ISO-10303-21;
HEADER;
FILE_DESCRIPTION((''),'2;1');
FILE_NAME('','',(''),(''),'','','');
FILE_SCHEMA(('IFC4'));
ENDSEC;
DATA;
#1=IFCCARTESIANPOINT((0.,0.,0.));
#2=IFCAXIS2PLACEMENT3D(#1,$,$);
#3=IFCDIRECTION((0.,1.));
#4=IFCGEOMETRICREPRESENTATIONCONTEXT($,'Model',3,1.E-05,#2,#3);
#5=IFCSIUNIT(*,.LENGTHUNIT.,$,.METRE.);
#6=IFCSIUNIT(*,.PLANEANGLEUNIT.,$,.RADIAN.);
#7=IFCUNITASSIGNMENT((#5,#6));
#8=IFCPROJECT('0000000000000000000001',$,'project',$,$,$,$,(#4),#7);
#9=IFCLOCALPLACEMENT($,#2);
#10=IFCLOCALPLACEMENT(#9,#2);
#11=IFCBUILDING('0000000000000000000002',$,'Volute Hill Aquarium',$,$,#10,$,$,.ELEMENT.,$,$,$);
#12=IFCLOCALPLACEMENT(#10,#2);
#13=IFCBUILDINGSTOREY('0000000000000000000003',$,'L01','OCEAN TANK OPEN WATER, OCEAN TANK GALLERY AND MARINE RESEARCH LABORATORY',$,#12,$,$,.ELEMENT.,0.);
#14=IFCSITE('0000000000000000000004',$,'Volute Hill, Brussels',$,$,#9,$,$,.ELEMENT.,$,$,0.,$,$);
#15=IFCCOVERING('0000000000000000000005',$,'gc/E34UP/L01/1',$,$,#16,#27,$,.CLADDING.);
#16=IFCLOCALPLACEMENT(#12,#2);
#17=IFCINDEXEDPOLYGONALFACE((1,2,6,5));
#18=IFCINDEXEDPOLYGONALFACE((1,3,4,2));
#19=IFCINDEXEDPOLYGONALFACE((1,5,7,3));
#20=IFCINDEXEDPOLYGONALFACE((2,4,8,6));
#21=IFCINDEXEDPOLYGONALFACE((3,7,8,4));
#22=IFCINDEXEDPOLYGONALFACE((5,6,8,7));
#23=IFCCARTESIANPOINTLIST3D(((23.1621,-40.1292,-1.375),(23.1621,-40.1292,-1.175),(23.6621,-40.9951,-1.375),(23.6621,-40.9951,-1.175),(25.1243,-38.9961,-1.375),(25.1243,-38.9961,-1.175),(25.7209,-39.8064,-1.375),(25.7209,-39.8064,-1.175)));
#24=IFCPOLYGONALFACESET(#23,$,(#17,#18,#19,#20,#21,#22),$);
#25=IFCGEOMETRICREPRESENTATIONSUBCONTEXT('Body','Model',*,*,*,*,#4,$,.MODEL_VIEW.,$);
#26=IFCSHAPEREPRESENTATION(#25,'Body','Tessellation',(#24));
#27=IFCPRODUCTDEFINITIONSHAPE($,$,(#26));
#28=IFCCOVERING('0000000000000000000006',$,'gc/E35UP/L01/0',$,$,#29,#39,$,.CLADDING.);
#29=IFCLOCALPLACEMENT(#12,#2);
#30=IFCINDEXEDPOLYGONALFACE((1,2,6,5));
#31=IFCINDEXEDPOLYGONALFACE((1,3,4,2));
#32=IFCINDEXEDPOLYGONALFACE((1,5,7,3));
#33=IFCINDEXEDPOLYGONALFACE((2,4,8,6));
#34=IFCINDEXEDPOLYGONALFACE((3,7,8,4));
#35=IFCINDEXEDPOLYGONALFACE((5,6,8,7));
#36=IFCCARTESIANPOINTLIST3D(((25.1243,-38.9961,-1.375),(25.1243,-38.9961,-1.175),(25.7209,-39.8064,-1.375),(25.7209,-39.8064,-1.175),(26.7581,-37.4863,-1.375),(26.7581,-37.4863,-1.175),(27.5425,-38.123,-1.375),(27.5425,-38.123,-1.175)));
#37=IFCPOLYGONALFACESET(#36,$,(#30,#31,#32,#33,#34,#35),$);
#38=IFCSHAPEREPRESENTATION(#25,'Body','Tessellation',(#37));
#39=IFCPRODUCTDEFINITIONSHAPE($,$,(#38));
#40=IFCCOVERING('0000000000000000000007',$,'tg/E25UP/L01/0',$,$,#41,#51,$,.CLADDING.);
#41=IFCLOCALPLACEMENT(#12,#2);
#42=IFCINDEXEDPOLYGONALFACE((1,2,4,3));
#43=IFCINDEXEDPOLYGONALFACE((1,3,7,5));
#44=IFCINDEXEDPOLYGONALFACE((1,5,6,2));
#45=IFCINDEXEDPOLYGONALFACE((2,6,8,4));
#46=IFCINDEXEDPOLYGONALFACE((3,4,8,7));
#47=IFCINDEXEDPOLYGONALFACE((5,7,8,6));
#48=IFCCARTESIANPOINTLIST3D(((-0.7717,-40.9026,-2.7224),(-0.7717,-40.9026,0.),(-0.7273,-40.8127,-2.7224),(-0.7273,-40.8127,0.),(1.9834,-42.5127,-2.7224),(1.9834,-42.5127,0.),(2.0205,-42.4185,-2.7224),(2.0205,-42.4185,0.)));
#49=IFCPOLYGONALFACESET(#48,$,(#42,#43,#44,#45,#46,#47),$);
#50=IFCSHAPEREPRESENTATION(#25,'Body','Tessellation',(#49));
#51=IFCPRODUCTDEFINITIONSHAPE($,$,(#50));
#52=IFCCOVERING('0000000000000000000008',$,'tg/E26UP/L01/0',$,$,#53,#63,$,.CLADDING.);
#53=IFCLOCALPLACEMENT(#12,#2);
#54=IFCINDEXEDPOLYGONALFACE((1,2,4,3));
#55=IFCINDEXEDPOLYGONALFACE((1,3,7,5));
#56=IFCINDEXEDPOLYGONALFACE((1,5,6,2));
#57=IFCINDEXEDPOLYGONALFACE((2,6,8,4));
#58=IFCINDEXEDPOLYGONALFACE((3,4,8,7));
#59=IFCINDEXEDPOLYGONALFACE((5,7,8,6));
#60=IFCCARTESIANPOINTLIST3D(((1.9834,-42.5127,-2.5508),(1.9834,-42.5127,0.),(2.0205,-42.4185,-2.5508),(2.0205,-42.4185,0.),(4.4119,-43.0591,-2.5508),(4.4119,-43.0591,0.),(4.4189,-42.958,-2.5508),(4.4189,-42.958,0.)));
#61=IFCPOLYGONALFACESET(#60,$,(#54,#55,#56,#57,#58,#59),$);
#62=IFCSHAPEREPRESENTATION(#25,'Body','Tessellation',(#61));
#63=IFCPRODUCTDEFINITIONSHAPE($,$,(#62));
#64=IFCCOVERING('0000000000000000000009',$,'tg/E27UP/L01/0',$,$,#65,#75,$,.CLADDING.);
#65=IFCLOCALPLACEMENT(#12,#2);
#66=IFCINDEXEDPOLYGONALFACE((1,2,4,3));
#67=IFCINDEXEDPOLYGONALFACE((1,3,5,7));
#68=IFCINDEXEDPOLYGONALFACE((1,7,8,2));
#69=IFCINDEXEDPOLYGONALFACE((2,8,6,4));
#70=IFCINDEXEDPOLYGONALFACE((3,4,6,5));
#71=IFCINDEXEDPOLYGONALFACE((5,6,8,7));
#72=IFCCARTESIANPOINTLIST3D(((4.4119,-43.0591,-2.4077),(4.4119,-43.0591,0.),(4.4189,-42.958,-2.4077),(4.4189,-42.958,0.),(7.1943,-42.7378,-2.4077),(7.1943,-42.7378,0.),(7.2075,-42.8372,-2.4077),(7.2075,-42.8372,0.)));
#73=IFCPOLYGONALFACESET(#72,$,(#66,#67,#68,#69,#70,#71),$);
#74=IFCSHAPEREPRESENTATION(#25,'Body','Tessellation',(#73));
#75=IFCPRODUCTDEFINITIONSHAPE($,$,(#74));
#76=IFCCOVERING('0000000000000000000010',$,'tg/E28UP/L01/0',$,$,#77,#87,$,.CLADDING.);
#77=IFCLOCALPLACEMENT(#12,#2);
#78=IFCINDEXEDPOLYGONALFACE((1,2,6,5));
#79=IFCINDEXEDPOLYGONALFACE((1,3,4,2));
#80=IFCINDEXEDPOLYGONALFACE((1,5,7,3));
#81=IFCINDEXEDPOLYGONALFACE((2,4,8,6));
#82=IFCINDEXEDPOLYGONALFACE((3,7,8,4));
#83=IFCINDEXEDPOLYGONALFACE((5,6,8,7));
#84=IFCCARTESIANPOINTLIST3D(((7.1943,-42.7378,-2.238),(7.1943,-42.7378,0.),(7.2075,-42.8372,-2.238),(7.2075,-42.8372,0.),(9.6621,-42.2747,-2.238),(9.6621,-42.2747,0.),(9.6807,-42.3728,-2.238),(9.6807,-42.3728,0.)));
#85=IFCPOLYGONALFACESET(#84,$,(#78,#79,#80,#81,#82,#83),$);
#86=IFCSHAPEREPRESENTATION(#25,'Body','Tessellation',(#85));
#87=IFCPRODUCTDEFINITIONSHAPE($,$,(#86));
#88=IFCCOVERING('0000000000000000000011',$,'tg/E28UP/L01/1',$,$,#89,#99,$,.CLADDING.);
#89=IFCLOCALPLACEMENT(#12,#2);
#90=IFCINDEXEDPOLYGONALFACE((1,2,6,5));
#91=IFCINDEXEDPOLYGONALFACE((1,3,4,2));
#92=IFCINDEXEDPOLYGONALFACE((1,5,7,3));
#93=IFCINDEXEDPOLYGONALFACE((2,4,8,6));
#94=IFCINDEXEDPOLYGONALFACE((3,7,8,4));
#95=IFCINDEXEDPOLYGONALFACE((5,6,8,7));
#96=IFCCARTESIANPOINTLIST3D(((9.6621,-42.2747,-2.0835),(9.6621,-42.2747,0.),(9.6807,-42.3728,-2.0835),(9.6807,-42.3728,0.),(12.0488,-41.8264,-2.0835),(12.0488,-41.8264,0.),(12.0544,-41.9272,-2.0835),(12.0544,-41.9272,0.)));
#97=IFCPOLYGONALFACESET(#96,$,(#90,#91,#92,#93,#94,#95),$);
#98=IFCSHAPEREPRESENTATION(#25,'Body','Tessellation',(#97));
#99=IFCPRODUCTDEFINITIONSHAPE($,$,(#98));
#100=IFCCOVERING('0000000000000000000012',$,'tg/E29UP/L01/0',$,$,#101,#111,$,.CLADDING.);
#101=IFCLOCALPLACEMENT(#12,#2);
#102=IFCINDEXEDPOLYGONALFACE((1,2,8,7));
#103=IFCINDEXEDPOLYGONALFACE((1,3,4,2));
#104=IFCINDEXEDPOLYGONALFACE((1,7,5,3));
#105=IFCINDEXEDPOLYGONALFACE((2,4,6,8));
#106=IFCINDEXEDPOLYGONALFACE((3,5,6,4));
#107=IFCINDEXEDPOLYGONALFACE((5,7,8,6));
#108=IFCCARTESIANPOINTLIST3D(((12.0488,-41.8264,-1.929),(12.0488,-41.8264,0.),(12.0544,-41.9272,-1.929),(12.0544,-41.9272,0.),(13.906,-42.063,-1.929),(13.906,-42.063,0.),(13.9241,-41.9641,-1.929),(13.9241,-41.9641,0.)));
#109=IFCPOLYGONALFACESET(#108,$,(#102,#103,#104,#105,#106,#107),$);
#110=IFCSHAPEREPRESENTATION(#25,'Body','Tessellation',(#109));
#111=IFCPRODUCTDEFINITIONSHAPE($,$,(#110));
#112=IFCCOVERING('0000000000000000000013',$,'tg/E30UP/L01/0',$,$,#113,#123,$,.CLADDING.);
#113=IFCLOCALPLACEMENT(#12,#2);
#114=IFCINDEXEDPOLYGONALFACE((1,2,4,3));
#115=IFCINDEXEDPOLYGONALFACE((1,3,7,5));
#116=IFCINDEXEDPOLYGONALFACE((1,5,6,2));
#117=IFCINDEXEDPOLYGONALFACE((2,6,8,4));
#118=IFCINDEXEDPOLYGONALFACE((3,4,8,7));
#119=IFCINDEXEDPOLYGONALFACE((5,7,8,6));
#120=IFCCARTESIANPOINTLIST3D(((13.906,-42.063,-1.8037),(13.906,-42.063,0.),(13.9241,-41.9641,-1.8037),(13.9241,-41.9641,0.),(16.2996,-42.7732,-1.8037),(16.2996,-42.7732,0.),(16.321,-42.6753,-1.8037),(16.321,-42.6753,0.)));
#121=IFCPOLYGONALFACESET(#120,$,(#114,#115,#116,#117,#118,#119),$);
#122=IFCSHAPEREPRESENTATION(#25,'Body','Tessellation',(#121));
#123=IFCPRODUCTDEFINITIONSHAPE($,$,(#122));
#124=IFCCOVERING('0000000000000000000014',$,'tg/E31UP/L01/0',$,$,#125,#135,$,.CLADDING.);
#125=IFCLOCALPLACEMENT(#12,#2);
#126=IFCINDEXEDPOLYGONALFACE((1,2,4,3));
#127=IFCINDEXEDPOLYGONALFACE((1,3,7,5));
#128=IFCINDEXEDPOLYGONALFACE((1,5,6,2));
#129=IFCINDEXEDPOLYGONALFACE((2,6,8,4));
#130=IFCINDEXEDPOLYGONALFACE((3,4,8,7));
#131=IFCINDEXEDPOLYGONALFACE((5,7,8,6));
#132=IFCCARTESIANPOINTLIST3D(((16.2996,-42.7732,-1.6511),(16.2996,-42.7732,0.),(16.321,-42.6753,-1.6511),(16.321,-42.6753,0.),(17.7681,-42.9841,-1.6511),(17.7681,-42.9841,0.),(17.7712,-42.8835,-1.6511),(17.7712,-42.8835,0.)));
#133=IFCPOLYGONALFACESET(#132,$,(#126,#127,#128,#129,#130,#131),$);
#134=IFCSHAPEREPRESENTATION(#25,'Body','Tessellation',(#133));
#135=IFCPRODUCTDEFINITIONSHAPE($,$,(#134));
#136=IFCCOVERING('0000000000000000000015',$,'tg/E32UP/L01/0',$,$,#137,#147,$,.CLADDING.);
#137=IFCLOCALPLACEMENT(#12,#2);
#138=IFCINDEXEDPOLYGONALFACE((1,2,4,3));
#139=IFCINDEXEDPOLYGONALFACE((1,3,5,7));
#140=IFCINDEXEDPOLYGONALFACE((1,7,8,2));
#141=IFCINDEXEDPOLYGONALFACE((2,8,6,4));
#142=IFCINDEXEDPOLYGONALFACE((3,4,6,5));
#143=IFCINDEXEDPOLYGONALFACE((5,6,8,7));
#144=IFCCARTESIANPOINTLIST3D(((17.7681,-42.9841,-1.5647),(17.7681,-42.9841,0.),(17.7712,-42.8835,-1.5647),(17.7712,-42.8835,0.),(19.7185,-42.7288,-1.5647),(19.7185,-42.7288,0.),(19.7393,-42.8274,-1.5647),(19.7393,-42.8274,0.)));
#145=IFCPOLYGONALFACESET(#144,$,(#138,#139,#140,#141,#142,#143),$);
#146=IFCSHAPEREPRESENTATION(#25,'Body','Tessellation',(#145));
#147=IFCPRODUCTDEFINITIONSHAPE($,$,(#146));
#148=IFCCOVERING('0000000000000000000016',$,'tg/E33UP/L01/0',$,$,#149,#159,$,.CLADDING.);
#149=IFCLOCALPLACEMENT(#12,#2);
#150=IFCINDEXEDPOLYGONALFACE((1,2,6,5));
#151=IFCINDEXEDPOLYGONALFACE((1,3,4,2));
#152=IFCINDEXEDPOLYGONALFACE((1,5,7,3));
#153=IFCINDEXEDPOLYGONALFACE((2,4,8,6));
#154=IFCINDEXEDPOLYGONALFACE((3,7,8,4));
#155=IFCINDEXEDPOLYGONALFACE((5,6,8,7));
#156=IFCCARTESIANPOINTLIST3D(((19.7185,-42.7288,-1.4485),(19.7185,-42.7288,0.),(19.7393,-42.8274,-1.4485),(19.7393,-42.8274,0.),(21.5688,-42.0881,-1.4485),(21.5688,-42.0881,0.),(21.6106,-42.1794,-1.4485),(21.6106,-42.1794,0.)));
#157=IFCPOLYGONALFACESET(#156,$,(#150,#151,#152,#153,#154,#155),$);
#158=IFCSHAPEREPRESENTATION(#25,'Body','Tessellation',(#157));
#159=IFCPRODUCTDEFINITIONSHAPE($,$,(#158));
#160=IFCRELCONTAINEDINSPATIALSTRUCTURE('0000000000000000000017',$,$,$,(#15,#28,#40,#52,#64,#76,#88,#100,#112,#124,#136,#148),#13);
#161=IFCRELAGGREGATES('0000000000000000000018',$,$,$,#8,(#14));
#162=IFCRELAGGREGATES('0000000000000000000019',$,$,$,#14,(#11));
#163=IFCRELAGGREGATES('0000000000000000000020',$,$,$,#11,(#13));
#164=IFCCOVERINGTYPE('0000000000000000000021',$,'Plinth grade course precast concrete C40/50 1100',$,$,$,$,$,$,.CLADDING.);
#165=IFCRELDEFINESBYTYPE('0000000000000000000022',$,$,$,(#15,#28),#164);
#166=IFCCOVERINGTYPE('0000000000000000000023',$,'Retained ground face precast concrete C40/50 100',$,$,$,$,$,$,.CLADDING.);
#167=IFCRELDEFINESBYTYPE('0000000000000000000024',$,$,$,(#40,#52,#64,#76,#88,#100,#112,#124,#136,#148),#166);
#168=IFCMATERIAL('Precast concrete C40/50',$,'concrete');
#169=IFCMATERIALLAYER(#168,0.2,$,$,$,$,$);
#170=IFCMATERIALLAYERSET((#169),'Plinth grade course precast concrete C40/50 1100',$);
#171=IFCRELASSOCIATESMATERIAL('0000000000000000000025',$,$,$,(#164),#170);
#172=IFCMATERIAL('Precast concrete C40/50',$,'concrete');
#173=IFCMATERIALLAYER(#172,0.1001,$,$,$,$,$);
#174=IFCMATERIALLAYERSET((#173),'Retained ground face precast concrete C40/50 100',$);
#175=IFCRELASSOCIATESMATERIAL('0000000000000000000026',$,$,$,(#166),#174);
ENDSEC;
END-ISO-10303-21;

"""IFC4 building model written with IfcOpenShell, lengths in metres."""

from ifc_helpers import new_model, si_unit, direction, frame, origin, place, context, subcontext, project, spatial, polyline, outline, extrude, material, layer, layer_set, type_object, element, save


model = new_model("IFC4")

# Units and contexts
model_context = context("Model", 3, precision=1e-05, world=origin(), true_north=direction((0.0, 1.0)))
body_context = subcontext(model_context, "Body", "Model", "MODEL_VIEW")
ifc_project = project(units=[si_unit("LENGTHUNIT", "METRE"), si_unit("PLANEANGLEUNIT", "RADIAN")], contexts=[model_context])

# Site, building, storey
site_placement = place(None, origin())
site = spatial("IfcSite", under=ifc_project, at=site_placement, Name="Volute Hill, Brussels", CompositionType="ELEMENT", RefElevation=0.0)
building_placement = place(site_placement, origin())
building = spatial("IfcBuilding", under=site, at=building_placement, Name="Volute Hill Aquarium", CompositionType="ELEMENT")
storey_placement = place(building_placement, origin())
storey = spatial("IfcBuildingStorey", under=building, at=storey_placement, Name="L01", Description="OCEAN TANK OPEN WATER, OCEAN TANK GALLERY AND MARINE RESEARCH LABORATORY", CompositionType="ELEMENT", Elevation=0.0)

# Coverings
ifc_material_1 = material(Name="Precast concrete C40/50", Category="concrete")
ifc_layer_1 = layer(ifc_material_1, 0.2)
ifc_layer_set_1 = layer_set([ifc_layer_1], Name="Plinth grade course precast concrete C40/50 1100")
covering_type_1 = type_object("IfcCoveringType", Name="Plinth grade course precast concrete C40/50 1100", PredefinedType="CLADDING", material=ifc_layer_set_1)
covering_1_placement = place(storey_placement, frame((0.0, 0.0, -1.375)))
element("IfcCovering", 1, at=covering_1_placement, inside=storey, type_object=covering_type_1, Name="gc/E34UP/L01/1", PredefinedType="CLADDING", context=body_context, shape_type="SweptSolid", body=[
    extrude(outline(polyline([(25.7209, -39.8064), (25.7209, -39.8064), (25.1243, -38.9961), (23.1621, -40.1292), (23.6621, -40.9951), (25.7209, -39.8064)])), origin(), (0.0, 0.0, 1.0), 0.2),
])
covering_2_placement = place(storey_placement, frame((0.0, 0.0, -1.375)))
element("IfcCovering", 2, at=covering_2_placement, inside=storey, type_object=covering_type_1, Name="gc/E35UP/L01/0", PredefinedType="CLADDING", context=body_context, shape_type="SweptSolid", body=[
    extrude(outline(polyline([(25.7209, -39.8064), (27.5425, -38.123), (26.7581, -37.4863), (25.1243, -38.9961), (25.7209, -39.8064)])), origin(), (0.0, 0.0, 1.0), 0.2),
])
ifc_material_2 = material(Name="Precast concrete C40/50", Category="concrete")
ifc_layer_2 = layer(ifc_material_2, 0.1001)
ifc_layer_set_2 = layer_set([ifc_layer_2], Name="Retained ground face precast concrete C40/50 100")
covering_type_2 = type_object("IfcCoveringType", Name="Retained ground face precast concrete C40/50 100", PredefinedType="CLADDING", material=ifc_layer_set_2)
covering_3_placement = place(storey_placement, frame((0.0, 0.0, -2.7224)))
element("IfcCovering", 3, at=covering_3_placement, inside=storey, type_object=covering_type_2, Name="tg/E25UP/L01/0", PredefinedType="CLADDING", context=body_context, shape_type="SweptSolid", body=[
    extrude(outline(polyline([(1.9834, -42.5127), (1.9834, -42.5127), (2.0205, -42.4185), (2.0205, -42.4185), (-0.7273, -40.8127), (-0.7273, -40.8127), (-0.7717, -40.9026), (-0.7717, -40.9026), (1.9834, -42.5127)])), origin(), (0.0, 0.0, 1.0), 2.7224),
])
covering_4_placement = place(storey_placement, frame((0.0, 0.0, -2.5508)))
element("IfcCovering", 4, at=covering_4_placement, inside=storey, type_object=covering_type_2, Name="tg/E26UP/L01/0", PredefinedType="CLADDING", context=body_context, shape_type="SweptSolid", body=[
    extrude(outline(polyline([(1.9834, -42.5127), (4.4119, -43.0591), (4.4189, -42.958), (2.0205, -42.4185), (1.9834, -42.5127)])), origin(), (0.0, 0.0, 1.0), 2.5508),
])
covering_5_placement = place(storey_placement, frame((0.0, 0.0, -2.4077)))
element("IfcCovering", 5, at=covering_5_placement, inside=storey, type_object=covering_type_2, Name="tg/E27UP/L01/0", PredefinedType="CLADDING", context=body_context, shape_type="SweptSolid", body=[
    extrude(outline(polyline([(4.4119, -43.0591), (7.2075, -42.8372), (7.1943, -42.7378), (7.1943, -42.7378), (4.4189, -42.958), (4.4189, -42.958), (4.4119, -43.0591), (4.4119, -43.0591)])), origin(), (0.0, 0.0, 1.0), 2.4077),
])
covering_6_placement = place(storey_placement, frame((0.0, 0.0, -2.238)))
element("IfcCovering", 6, at=covering_6_placement, inside=storey, type_object=covering_type_2, Name="tg/E28UP/L01/0", PredefinedType="CLADDING", context=body_context, shape_type="SweptSolid", body=[
    extrude(outline(polyline([(7.2075, -42.8372), (9.6807, -42.3728), (9.6621, -42.2747), (7.1943, -42.7378), (7.2075, -42.8372), (7.2075, -42.8372)])), origin(), (0.0, 0.0, 1.0), 2.238),
])
covering_7_placement = place(storey_placement, frame((0.0, 0.0, -2.0835)))
element("IfcCovering", 7, at=covering_7_placement, inside=storey, type_object=covering_type_2, Name="tg/E28UP/L01/1", PredefinedType="CLADDING", context=body_context, shape_type="SweptSolid", body=[
    extrude(outline(polyline([(12.0544, -41.9272), (12.0544, -41.9272), (12.0488, -41.8264), (9.6621, -42.2747), (9.6807, -42.3728), (12.0544, -41.9272)])), origin(), (0.0, 0.0, 1.0), 2.0835),
])
covering_8_placement = place(storey_placement, frame((0.0, 0.0, -1.929)))
element("IfcCovering", 8, at=covering_8_placement, inside=storey, type_object=covering_type_2, Name="tg/E29UP/L01/0", PredefinedType="CLADDING", context=body_context, shape_type="SweptSolid", body=[
    extrude(outline(polyline([(12.0544, -41.9272), (13.906, -42.063), (13.9241, -41.9641), (13.9241, -41.9641), (12.0488, -41.8264), (12.0488, -41.8264), (12.0544, -41.9272)])), origin(), (0.0, 0.0, 1.0), 1.929),
])
covering_9_placement = place(storey_placement, frame((0.0, 0.0, -1.8037)))
element("IfcCovering", 9, at=covering_9_placement, inside=storey, type_object=covering_type_2, Name="tg/E30UP/L01/0", PredefinedType="CLADDING", context=body_context, shape_type="SweptSolid", body=[
    extrude(outline(polyline([(16.2996, -42.7732), (16.2996, -42.7732), (16.321, -42.6753), (16.321, -42.6753), (13.9241, -41.9641), (13.906, -42.063), (13.906, -42.063), (16.2996, -42.7732)])), origin(), (0.0, 0.0, 1.0), 1.8037),
])
covering_10_placement = place(storey_placement, frame((0.0, 0.0, -1.6511)))
element("IfcCovering", 10, at=covering_10_placement, inside=storey, type_object=covering_type_2, Name="tg/E31UP/L01/0", PredefinedType="CLADDING", context=body_context, shape_type="SweptSolid", body=[
    extrude(outline(polyline([(16.2996, -42.7732), (17.7681, -42.9841), (17.7712, -42.8835), (16.321, -42.6753), (16.2996, -42.7732)])), origin(), (0.0, 0.0, 1.0), 1.6511),
])
covering_11_placement = place(storey_placement, frame((0.0, 0.0, -1.5647)))
element("IfcCovering", 11, at=covering_11_placement, inside=storey, type_object=covering_type_2, Name="tg/E32UP/L01/0", PredefinedType="CLADDING", context=body_context, shape_type="SweptSolid", body=[
    extrude(outline(polyline([(19.7393, -42.8274), (19.7393, -42.8274), (19.7185, -42.7288), (19.7185, -42.7288), (17.7712, -42.8835), (17.7681, -42.9841), (17.7681, -42.9841), (19.7393, -42.8274)])), origin(), (0.0, 0.0, 1.0), 1.5647),
])
covering_12_placement = place(storey_placement, frame((0.0, 0.0, -1.4485)))
element("IfcCovering", 12, at=covering_12_placement, inside=storey, type_object=covering_type_2, Name="tg/E33UP/L01/0", PredefinedType="CLADDING", context=body_context, shape_type="SweptSolid", body=[
    extrude(outline(polyline([(19.7393, -42.8274), (21.6106, -42.1794), (21.5688, -42.0881), (19.7185, -42.7288), (19.7393, -42.8274)])), origin(), (0.0, 0.0, 1.0), 1.4485),
])

save(model, "model.ifc")
